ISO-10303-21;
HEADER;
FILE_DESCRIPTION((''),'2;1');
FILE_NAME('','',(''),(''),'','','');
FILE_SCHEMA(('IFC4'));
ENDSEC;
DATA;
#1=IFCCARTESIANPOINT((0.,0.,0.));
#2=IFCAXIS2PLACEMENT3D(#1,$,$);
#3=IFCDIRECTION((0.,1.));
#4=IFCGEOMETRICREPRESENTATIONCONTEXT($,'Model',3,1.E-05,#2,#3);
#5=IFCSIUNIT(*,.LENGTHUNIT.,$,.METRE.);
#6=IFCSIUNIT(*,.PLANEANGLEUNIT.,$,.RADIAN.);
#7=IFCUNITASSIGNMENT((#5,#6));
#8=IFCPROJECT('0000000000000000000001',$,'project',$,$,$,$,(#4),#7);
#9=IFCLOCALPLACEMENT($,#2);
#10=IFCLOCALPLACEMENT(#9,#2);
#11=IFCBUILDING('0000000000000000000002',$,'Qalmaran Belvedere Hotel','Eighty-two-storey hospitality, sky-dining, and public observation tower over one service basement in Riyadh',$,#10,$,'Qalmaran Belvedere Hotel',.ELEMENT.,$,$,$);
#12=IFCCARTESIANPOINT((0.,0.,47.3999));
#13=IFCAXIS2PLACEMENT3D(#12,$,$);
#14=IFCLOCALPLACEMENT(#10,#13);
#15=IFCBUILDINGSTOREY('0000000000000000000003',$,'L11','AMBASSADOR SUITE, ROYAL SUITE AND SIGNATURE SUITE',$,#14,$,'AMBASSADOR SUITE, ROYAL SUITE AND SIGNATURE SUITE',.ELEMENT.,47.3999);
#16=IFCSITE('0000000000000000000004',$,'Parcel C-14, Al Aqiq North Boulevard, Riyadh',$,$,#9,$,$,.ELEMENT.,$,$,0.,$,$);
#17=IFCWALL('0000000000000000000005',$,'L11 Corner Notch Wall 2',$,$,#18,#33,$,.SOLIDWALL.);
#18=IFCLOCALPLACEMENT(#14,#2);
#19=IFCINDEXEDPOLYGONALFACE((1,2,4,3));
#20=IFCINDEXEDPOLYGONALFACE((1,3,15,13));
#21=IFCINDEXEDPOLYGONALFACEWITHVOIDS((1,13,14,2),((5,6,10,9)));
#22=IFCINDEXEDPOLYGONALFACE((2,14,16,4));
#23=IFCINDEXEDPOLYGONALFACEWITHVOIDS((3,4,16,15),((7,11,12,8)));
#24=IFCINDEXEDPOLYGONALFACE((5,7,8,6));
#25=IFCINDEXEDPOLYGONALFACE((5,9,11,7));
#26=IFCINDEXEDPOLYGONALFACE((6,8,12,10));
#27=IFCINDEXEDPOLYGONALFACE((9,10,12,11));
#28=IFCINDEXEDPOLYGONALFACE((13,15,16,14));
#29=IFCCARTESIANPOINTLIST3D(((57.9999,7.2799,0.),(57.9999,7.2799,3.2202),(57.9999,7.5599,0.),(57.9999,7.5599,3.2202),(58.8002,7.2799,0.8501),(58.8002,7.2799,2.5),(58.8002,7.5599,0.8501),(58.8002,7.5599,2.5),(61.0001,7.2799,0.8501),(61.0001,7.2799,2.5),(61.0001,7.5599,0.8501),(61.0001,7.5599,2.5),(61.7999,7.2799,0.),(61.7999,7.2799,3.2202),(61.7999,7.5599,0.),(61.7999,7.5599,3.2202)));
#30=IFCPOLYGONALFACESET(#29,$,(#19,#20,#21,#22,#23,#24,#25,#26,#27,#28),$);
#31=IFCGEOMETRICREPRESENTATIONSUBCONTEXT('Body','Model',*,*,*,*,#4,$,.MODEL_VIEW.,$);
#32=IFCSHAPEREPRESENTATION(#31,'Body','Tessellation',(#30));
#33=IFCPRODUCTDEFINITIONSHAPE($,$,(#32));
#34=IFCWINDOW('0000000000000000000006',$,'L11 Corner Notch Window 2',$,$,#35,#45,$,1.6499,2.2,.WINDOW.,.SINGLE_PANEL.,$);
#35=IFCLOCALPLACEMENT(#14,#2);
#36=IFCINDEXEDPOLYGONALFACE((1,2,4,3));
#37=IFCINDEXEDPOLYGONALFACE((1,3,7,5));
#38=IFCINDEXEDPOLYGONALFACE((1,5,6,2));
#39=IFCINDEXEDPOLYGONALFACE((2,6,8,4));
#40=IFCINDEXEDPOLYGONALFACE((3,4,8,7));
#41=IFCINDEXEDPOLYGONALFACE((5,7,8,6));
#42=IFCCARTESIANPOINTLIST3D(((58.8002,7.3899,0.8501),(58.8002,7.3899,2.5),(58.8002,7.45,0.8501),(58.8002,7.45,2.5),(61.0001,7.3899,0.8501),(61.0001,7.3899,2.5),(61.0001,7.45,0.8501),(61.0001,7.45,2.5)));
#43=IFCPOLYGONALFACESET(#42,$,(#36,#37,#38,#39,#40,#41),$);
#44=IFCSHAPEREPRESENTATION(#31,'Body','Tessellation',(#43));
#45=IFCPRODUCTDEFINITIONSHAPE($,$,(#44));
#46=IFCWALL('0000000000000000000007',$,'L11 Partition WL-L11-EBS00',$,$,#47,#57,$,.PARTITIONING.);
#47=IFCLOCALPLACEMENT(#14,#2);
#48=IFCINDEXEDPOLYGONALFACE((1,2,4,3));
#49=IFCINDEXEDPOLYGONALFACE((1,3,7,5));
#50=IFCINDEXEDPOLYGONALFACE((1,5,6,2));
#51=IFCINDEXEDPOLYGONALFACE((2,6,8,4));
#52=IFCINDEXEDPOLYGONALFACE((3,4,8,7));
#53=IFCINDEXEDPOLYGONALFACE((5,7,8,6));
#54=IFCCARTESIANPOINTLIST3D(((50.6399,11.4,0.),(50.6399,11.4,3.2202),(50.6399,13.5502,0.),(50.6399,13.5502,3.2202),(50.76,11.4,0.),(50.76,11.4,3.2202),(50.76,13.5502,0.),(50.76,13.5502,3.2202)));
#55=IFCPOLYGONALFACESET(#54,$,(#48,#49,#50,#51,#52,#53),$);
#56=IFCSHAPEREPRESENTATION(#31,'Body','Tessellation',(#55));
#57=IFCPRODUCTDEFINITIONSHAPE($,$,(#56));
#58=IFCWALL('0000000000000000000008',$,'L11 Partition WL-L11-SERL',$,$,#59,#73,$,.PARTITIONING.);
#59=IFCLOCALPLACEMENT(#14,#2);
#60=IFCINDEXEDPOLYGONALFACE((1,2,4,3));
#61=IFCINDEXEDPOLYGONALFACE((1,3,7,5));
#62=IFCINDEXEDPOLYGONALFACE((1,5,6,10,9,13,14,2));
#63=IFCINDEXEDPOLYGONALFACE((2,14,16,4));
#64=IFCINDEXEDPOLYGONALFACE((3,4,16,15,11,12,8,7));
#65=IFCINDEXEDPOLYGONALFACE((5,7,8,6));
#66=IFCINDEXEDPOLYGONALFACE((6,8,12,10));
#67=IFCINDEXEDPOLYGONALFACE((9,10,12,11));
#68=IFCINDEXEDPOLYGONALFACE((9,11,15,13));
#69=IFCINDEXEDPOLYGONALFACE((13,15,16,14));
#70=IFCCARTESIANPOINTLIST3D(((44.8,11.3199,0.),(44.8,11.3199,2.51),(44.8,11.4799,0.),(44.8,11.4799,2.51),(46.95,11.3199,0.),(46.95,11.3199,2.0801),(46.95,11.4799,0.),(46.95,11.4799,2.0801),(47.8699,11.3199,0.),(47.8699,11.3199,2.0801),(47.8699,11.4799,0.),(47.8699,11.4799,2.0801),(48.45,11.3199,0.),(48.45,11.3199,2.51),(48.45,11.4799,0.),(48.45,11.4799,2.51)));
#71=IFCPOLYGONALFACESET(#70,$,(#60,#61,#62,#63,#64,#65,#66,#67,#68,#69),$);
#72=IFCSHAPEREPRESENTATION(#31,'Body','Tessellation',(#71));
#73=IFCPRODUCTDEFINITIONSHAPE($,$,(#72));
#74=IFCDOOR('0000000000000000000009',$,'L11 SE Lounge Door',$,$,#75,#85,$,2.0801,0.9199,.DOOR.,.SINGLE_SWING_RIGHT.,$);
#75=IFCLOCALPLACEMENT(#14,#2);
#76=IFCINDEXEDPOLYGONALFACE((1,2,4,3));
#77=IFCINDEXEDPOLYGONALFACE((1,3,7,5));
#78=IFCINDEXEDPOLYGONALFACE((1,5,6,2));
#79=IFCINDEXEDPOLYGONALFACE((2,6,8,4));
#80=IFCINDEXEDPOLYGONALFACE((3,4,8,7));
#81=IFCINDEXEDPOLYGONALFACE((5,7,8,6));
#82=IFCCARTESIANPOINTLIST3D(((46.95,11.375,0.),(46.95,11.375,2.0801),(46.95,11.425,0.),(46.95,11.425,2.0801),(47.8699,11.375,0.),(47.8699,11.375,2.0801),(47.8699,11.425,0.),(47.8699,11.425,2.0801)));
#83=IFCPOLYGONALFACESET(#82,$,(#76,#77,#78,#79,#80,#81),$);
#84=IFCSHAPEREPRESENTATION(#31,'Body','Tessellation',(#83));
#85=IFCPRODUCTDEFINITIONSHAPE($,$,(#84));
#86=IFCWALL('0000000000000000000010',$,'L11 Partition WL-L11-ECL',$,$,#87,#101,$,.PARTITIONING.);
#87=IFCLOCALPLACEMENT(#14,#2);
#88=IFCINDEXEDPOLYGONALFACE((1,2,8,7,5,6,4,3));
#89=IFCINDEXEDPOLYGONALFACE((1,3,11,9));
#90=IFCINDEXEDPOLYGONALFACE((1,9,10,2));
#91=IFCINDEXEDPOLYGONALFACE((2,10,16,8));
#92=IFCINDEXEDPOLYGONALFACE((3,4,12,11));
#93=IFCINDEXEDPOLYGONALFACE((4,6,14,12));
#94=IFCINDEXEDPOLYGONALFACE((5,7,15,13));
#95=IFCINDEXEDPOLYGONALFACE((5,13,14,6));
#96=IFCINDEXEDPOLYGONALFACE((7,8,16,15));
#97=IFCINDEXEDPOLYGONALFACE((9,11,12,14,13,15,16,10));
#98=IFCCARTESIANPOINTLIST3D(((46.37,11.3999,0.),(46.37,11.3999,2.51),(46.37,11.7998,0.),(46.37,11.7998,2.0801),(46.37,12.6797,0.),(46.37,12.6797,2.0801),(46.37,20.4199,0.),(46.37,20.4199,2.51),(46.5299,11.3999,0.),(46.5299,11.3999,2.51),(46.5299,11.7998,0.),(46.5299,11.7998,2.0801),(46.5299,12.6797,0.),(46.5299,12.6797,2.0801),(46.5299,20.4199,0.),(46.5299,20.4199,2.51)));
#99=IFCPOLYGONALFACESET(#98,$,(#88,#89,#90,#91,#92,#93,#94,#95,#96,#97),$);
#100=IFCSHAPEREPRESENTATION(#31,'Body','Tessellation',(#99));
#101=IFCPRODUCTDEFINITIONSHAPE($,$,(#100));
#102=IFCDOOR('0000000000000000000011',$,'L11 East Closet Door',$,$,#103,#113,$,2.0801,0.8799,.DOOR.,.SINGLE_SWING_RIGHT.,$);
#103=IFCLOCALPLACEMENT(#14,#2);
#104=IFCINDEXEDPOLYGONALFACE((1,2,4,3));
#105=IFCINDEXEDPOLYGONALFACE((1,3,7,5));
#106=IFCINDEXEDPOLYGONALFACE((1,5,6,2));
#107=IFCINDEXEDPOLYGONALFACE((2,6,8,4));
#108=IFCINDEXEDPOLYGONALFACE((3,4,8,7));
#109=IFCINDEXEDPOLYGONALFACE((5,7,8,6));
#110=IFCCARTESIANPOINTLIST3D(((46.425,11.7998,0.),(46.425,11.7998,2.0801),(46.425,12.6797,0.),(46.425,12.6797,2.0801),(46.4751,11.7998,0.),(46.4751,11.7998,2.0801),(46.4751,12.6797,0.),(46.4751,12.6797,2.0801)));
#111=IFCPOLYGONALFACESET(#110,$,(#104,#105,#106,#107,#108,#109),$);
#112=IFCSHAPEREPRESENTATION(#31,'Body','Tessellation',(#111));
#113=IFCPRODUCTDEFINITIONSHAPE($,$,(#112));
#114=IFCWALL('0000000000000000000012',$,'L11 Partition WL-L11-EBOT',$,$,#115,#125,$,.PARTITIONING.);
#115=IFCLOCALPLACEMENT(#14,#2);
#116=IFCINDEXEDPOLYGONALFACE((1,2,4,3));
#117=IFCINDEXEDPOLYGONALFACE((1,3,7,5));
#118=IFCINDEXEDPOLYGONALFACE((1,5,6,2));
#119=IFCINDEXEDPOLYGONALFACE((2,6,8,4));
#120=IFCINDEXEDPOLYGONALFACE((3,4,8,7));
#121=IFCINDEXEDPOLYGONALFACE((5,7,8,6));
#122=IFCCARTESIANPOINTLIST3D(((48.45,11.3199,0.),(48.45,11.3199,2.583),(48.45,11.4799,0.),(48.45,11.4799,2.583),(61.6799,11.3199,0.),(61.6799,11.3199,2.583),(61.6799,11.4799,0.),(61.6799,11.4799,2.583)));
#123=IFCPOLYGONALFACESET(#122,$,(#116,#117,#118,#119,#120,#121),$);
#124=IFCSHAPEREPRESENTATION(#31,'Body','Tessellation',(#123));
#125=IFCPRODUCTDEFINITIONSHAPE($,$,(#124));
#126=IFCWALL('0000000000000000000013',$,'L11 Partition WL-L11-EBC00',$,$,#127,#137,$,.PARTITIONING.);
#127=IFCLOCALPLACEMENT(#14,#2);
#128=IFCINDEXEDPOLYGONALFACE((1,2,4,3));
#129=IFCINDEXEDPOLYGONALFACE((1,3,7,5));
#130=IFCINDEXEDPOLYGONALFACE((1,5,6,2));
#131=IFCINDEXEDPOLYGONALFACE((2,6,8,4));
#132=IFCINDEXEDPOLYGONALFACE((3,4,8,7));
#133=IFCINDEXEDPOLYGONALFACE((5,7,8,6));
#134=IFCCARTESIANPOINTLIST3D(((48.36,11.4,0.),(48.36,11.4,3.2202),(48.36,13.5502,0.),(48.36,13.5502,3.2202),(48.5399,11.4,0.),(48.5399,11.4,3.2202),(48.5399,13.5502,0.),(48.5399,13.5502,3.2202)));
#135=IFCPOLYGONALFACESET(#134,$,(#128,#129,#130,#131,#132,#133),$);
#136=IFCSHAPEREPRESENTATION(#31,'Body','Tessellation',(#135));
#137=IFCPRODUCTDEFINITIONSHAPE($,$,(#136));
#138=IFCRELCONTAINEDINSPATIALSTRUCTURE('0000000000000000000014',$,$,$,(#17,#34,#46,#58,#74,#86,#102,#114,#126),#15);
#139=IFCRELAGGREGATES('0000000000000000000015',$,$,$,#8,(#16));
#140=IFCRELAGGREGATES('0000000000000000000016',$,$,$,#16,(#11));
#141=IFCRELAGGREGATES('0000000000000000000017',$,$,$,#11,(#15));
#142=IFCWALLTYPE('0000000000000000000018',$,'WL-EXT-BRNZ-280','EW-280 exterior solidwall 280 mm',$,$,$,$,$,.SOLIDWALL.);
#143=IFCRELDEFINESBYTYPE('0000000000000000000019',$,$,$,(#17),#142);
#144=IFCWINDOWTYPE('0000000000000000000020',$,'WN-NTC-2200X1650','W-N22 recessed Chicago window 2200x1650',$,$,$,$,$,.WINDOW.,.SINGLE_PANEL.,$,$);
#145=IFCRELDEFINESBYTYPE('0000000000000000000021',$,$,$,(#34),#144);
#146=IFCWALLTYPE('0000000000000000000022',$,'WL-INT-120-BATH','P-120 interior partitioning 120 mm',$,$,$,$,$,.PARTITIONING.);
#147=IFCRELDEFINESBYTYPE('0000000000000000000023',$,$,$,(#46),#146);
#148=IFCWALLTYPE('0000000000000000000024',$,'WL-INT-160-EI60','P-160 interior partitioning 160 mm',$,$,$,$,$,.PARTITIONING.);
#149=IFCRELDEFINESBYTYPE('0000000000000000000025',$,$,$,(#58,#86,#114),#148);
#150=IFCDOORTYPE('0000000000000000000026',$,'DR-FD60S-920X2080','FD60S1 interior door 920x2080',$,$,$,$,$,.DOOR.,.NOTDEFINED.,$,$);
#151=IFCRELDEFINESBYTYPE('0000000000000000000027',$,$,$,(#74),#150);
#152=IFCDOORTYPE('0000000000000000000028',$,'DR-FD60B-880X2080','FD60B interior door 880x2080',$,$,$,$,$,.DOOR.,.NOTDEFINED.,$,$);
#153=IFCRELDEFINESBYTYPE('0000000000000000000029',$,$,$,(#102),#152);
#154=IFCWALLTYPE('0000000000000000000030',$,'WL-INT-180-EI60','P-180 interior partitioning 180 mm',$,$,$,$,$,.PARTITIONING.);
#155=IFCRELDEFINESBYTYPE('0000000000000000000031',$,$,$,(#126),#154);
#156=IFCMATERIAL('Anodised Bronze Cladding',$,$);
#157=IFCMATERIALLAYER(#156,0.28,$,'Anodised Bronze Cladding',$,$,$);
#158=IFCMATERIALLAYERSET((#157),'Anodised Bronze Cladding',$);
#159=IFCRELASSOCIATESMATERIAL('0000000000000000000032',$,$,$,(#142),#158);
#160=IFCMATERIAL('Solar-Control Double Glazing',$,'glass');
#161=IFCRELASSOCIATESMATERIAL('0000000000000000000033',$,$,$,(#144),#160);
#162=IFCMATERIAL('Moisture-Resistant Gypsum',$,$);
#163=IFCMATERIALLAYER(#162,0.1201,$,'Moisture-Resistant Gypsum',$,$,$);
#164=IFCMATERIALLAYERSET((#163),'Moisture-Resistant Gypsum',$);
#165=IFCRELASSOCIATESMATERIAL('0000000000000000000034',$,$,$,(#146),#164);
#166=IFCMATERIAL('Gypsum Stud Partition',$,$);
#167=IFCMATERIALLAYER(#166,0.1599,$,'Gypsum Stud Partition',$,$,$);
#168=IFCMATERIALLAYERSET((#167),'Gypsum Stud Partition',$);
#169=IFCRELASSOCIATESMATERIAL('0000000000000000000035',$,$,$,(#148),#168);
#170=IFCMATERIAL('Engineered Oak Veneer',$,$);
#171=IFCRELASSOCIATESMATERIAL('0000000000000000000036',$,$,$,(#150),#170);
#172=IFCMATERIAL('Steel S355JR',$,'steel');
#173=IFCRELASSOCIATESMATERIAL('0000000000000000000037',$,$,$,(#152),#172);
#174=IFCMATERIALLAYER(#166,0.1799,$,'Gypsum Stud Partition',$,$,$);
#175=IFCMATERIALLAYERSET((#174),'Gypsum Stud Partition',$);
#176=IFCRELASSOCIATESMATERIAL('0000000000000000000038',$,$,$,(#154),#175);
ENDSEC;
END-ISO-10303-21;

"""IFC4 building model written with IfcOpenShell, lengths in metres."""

from ifc_helpers import new_model, si_unit, direction, frame, frame_2d, origin, place, context, subcontext, project, spatial, rectangle, extrude, material, layer, layer_set, type_object, element, fill, save


model = new_model("IFC4")

# Units and contexts
model_context = context("Model", 3, precision=1e-05, world=origin(), true_north=direction((0.0, 1.0)))
body_context = subcontext(model_context, "Body", "Model", "MODEL_VIEW")
ifc_project = project(units=[si_unit("LENGTHUNIT", "METRE"), si_unit("PLANEANGLEUNIT", "RADIAN")], contexts=[model_context])

# Site, building, storey
site_placement = place(None, origin())
site = spatial("IfcSite", under=ifc_project, at=site_placement, Name="Parcel C-14, Al Aqiq North Boulevard, Riyadh", CompositionType="ELEMENT", RefElevation=0.0)
building_placement = place(site_placement, origin())
building = spatial("IfcBuilding", under=site, at=building_placement, Name="Qalmaran Belvedere Hotel", Description="Eighty-two-storey hospitality, sky-dining, and public observation tower over one service basement in Riyadh", LongName="Qalmaran Belvedere Hotel", CompositionType="ELEMENT")
storey_placement = place(building_placement, frame((0.0, 0.0, 47.3999)))
storey = spatial("IfcBuildingStorey", under=building, at=storey_placement, Name="L11", Description="AMBASSADOR SUITE, ROYAL SUITE AND SIGNATURE SUITE", LongName="AMBASSADOR SUITE, ROYAL SUITE AND SIGNATURE SUITE", CompositionType="ELEMENT", Elevation=47.3999)

# Shared definitions
ifc_material_1 = material(Name="Steel S355JR", Category="steel")

# Shared definitions
ifc_material_2 = material(Name="Solar-Control Double Glazing", Category="glass")

# Wall, opening, window
ifc_material_3 = material(Name="Anodised Bronze Cladding")
ifc_layer_1 = layer(ifc_material_3, 0.28, Name="Anodised Bronze Cladding")
ifc_layer_set_1 = layer_set([ifc_layer_1], Name="Anodised Bronze Cladding")
wall_type_1 = type_object("IfcWallType", Name="WL-EXT-BRNZ-280", Description="EW-280 exterior solidwall 280 mm", PredefinedType="SOLIDWALL", material=ifc_layer_set_1)
wall_1_placement = place(storey_placement, frame((58.0, 7.4199, 0.0), z_axis=(0.0, 0.0, 1.0), x_axis=(1.0, 0.0, 0.0)))
wall_1 = element("IfcWall", 1, at=wall_1_placement, inside=storey, type_object=wall_type_1, Name="L11 Corner Notch Wall 2", PredefinedType="SOLIDWALL", context=body_context, shape_type="SweptSolid", body=[
    extrude(rectangle(XDim=3.8, YDim=0.28, at=frame_2d((1.8999, 0.0))), origin(), (0.0, 0.0, 1.0), 3.2202),
])
opening_1_placement = place(wall_1_placement, frame((0.8, 0.0, 0.8501)))
opening_1 = element("IfcOpeningElement", 2, at=opening_1_placement, cuts=wall_1, PredefinedType="OPENING", context=body_context, shape_type="SweptSolid", body=[
    extrude(rectangle(XDim=2.2, YDim=1.6499, at=frame_2d((1.1001, 0.825))), frame((0.0, 0.1499, 0.0), z_axis=(0.0, -1.0, 0.0), x_axis=(1.0, 0.0, 0.0)), (0.0, 0.0, 1.0), 0.3),
])
window_type_1 = type_object("IfcWindowType", Name="WN-NTC-2200X1650", Description="W-N22 recessed Chicago window 2200x1650", PartitioningType="SINGLE_PANEL", PredefinedType="WINDOW", material=ifc_material_2)
window_1_placement = place(opening_1_placement, origin())
window_1 = element("IfcWindow", 3, at=window_1_placement, inside=storey, type_object=window_type_1, Name="L11 Corner Notch Window 2", OverallHeight=1.6499, OverallWidth=2.2, PartitioningType="SINGLE_PANEL", PredefinedType="WINDOW", context=body_context, shape_type="SweptSolid", body=[
    extrude(rectangle(XDim=2.2, YDim=1.6499, at=frame_2d((1.1001, 0.825))), frame((0.0, 0.03, 0.0), z_axis=(0.0, -1.0, 0.0), x_axis=(1.0, 0.0, 0.0)), (0.0, 0.0, 1.0), 0.0601),
])
fill(opening_1, window_1)

# Wall
ifc_material_4 = material(Name="Moisture-Resistant Gypsum")
ifc_layer_2 = layer(ifc_material_4, 0.1201, Name="Moisture-Resistant Gypsum")
ifc_layer_set_2 = layer_set([ifc_layer_2], Name="Moisture-Resistant Gypsum")
wall_type_2 = type_object("IfcWallType", Name="WL-INT-120-BATH", Description="P-120 interior partitioning 120 mm", PredefinedType="PARTITIONING", material=ifc_layer_set_2)
wall_2_placement = place(storey_placement, frame((50.7, 11.3999, 0.0), z_axis=(0.0, 0.0, 1.0), x_axis=(0.0, 1.0, 0.0)))
element("IfcWall", 4, at=wall_2_placement, inside=storey, type_object=wall_type_2, Name="L11 Partition WL-L11-EBS00", PredefinedType="PARTITIONING", context=body_context, shape_type="SweptSolid", body=[
    extrude(rectangle(XDim=2.1501, YDim=0.1201, at=frame_2d((1.0752, 0.0))), origin(), (0.0, 0.0, 1.0), 3.2202),
])

# Walls, openings, doors
ifc_material_5 = material(Name="Gypsum Stud Partition")
ifc_layer_3 = layer(ifc_material_5, 0.1599, Name="Gypsum Stud Partition")
ifc_layer_set_3 = layer_set([ifc_layer_3], Name="Gypsum Stud Partition")
wall_type_3 = type_object("IfcWallType", Name="WL-INT-160-EI60", Description="P-160 interior partitioning 160 mm", PredefinedType="PARTITIONING", material=ifc_layer_set_3)
wall_3_placement = place(storey_placement, frame((44.8, 11.3999, 0.0), z_axis=(0.0, 0.0, 1.0), x_axis=(1.0, 0.0, 0.0)))
wall_3 = element("IfcWall", 5, at=wall_3_placement, inside=storey, type_object=wall_type_3, Name="L11 Partition WL-L11-SERL", PredefinedType="PARTITIONING", context=body_context, shape_type="SweptSolid", body=[
    extrude(rectangle(XDim=3.6499, YDim=0.1599, at=frame_2d((1.825, 0.0))), origin(), (0.0, 0.0, 1.0), 2.51),
])
opening_2_placement = place(wall_3_placement, frame((3.0698, 0.0, 0.0), z_axis=(0.0, 0.0, 1.0), x_axis=(-1.0, 0.0, 0.0)))
opening_2 = element("IfcOpeningElement", 6, at=opening_2_placement, cuts=wall_3, PredefinedType="OPENING", context=body_context, shape_type="SweptSolid", body=[
    extrude(rectangle(XDim=0.9199, YDim=2.0801, at=frame_2d((0.46, 1.04))), frame((0.0, 0.0898, 0.0), z_axis=(0.0, -1.0, 0.0), x_axis=(1.0, 0.0, 0.0)), (0.0, 0.0, 1.0), 0.1799),
])
ifc_material_6 = material(Name="Engineered Oak Veneer")
door_type_1 = type_object("IfcDoorType", Name="DR-FD60S-920X2080", Description="FD60S1 interior door 920x2080", OperationType="NOTDEFINED", PredefinedType="DOOR", material=ifc_material_6)
door_1_placement = place(opening_2_placement, origin())
door_1 = element("IfcDoor", 7, at=door_1_placement, inside=storey, type_object=door_type_1, Name="L11 SE Lounge Door", OperationType="SINGLE_SWING_RIGHT", OverallHeight=2.0801, OverallWidth=0.9199, PredefinedType="DOOR", context=body_context, shape_type="SweptSolid", body=[
    extrude(rectangle(XDim=0.9199, YDim=2.0801, at=frame_2d((0.46, 1.04))), frame((0.0, 0.0249, 0.0), z_axis=(0.0, -1.0, 0.0), x_axis=(1.0, 0.0, 0.0)), (0.0, 0.0, 1.0), 0.05),
])
fill(opening_2, door_1)
wall_4_placement = place(storey_placement, frame((46.45, 11.3999, 0.0), z_axis=(0.0, 0.0, 1.0), x_axis=(0.0, 1.0, 0.0)))
wall_4 = element("IfcWall", 8, at=wall_4_placement, inside=storey, type_object=wall_type_3, Name="L11 Partition WL-L11-ECL", PredefinedType="PARTITIONING", context=body_context, shape_type="SweptSolid", body=[
    extrude(rectangle(XDim=9.02, YDim=0.1599, at=frame_2d((4.51, 0.0))), origin(), (0.0, 0.0, 1.0), 2.51),
])
opening_3_placement = place(wall_4_placement, frame((0.3999, 0.0, 0.0)))
opening_3 = element("IfcOpeningElement", 9, at=opening_3_placement, cuts=wall_4, PredefinedType="OPENING", context=body_context, shape_type="SweptSolid", body=[
    extrude(rectangle(XDim=0.8799, YDim=2.0801, at=frame_2d((0.4399, 1.04))), frame((0.0, 0.0898, 0.0), z_axis=(0.0, -1.0, 0.0), x_axis=(1.0, 0.0, 0.0)), (0.0, 0.0, 1.0), 0.1799),
])
door_type_2 = type_object("IfcDoorType", Name="DR-FD60B-880X2080", Description="FD60B interior door 880x2080", OperationType="NOTDEFINED", PredefinedType="DOOR", material=ifc_material_1)
door_2_placement = place(opening_3_placement, origin())
door_2 = element("IfcDoor", 10, at=door_2_placement, inside=storey, type_object=door_type_2, Name="L11 East Closet Door", OperationType="SINGLE_SWING_RIGHT", OverallHeight=2.0801, OverallWidth=0.8799, PredefinedType="DOOR", context=body_context, shape_type="SweptSolid", body=[
    extrude(rectangle(XDim=0.8799, YDim=2.0801, at=frame_2d((0.4399, 1.04))), frame((0.0, 0.0249, 0.0), z_axis=(0.0, -1.0, 0.0), x_axis=(1.0, 0.0, 0.0)), (0.0, 0.0, 1.0), 0.05),
])
fill(opening_3, door_2)

# Walls
wall_5_placement = place(storey_placement, frame((48.45, 11.3999, 0.0), z_axis=(0.0, 0.0, 1.0), x_axis=(1.0, 0.0, 0.0)))
element("IfcWall", 11, at=wall_5_placement, inside=storey, type_object=wall_type_3, Name="L11 Partition WL-L11-EBOT", PredefinedType="PARTITIONING", context=body_context, shape_type="SweptSolid", body=[
    extrude(rectangle(XDim=13.23, YDim=0.1599, at=frame_2d((6.615, 0.0))), origin(), (0.0, 0.0, 1.0), 2.583),
])
ifc_layer_4 = layer(ifc_material_5, 0.1799, Name="Gypsum Stud Partition")
ifc_layer_set_4 = layer_set([ifc_layer_4], Name="Gypsum Stud Partition")
wall_type_4 = type_object("IfcWallType", Name="WL-INT-180-EI60", Description="P-180 interior partitioning 180 mm", PredefinedType="PARTITIONING", material=ifc_layer_set_4)
wall_6_placement = place(storey_placement, frame((48.45, 11.3999, 0.0), z_axis=(0.0, 0.0, 1.0), x_axis=(0.0, 1.0, 0.0)))
element("IfcWall", 12, at=wall_6_placement, inside=storey, type_object=wall_type_4, Name="L11 Partition WL-L11-EBC00", PredefinedType="PARTITIONING", context=body_context, shape_type="SweptSolid", body=[
    extrude(rectangle(XDim=2.1501, YDim=0.1799, at=frame_2d((1.0752, 0.0))), origin(), (0.0, 0.0, 1.0), 3.2202),
])

save(model, "model.ifc")
